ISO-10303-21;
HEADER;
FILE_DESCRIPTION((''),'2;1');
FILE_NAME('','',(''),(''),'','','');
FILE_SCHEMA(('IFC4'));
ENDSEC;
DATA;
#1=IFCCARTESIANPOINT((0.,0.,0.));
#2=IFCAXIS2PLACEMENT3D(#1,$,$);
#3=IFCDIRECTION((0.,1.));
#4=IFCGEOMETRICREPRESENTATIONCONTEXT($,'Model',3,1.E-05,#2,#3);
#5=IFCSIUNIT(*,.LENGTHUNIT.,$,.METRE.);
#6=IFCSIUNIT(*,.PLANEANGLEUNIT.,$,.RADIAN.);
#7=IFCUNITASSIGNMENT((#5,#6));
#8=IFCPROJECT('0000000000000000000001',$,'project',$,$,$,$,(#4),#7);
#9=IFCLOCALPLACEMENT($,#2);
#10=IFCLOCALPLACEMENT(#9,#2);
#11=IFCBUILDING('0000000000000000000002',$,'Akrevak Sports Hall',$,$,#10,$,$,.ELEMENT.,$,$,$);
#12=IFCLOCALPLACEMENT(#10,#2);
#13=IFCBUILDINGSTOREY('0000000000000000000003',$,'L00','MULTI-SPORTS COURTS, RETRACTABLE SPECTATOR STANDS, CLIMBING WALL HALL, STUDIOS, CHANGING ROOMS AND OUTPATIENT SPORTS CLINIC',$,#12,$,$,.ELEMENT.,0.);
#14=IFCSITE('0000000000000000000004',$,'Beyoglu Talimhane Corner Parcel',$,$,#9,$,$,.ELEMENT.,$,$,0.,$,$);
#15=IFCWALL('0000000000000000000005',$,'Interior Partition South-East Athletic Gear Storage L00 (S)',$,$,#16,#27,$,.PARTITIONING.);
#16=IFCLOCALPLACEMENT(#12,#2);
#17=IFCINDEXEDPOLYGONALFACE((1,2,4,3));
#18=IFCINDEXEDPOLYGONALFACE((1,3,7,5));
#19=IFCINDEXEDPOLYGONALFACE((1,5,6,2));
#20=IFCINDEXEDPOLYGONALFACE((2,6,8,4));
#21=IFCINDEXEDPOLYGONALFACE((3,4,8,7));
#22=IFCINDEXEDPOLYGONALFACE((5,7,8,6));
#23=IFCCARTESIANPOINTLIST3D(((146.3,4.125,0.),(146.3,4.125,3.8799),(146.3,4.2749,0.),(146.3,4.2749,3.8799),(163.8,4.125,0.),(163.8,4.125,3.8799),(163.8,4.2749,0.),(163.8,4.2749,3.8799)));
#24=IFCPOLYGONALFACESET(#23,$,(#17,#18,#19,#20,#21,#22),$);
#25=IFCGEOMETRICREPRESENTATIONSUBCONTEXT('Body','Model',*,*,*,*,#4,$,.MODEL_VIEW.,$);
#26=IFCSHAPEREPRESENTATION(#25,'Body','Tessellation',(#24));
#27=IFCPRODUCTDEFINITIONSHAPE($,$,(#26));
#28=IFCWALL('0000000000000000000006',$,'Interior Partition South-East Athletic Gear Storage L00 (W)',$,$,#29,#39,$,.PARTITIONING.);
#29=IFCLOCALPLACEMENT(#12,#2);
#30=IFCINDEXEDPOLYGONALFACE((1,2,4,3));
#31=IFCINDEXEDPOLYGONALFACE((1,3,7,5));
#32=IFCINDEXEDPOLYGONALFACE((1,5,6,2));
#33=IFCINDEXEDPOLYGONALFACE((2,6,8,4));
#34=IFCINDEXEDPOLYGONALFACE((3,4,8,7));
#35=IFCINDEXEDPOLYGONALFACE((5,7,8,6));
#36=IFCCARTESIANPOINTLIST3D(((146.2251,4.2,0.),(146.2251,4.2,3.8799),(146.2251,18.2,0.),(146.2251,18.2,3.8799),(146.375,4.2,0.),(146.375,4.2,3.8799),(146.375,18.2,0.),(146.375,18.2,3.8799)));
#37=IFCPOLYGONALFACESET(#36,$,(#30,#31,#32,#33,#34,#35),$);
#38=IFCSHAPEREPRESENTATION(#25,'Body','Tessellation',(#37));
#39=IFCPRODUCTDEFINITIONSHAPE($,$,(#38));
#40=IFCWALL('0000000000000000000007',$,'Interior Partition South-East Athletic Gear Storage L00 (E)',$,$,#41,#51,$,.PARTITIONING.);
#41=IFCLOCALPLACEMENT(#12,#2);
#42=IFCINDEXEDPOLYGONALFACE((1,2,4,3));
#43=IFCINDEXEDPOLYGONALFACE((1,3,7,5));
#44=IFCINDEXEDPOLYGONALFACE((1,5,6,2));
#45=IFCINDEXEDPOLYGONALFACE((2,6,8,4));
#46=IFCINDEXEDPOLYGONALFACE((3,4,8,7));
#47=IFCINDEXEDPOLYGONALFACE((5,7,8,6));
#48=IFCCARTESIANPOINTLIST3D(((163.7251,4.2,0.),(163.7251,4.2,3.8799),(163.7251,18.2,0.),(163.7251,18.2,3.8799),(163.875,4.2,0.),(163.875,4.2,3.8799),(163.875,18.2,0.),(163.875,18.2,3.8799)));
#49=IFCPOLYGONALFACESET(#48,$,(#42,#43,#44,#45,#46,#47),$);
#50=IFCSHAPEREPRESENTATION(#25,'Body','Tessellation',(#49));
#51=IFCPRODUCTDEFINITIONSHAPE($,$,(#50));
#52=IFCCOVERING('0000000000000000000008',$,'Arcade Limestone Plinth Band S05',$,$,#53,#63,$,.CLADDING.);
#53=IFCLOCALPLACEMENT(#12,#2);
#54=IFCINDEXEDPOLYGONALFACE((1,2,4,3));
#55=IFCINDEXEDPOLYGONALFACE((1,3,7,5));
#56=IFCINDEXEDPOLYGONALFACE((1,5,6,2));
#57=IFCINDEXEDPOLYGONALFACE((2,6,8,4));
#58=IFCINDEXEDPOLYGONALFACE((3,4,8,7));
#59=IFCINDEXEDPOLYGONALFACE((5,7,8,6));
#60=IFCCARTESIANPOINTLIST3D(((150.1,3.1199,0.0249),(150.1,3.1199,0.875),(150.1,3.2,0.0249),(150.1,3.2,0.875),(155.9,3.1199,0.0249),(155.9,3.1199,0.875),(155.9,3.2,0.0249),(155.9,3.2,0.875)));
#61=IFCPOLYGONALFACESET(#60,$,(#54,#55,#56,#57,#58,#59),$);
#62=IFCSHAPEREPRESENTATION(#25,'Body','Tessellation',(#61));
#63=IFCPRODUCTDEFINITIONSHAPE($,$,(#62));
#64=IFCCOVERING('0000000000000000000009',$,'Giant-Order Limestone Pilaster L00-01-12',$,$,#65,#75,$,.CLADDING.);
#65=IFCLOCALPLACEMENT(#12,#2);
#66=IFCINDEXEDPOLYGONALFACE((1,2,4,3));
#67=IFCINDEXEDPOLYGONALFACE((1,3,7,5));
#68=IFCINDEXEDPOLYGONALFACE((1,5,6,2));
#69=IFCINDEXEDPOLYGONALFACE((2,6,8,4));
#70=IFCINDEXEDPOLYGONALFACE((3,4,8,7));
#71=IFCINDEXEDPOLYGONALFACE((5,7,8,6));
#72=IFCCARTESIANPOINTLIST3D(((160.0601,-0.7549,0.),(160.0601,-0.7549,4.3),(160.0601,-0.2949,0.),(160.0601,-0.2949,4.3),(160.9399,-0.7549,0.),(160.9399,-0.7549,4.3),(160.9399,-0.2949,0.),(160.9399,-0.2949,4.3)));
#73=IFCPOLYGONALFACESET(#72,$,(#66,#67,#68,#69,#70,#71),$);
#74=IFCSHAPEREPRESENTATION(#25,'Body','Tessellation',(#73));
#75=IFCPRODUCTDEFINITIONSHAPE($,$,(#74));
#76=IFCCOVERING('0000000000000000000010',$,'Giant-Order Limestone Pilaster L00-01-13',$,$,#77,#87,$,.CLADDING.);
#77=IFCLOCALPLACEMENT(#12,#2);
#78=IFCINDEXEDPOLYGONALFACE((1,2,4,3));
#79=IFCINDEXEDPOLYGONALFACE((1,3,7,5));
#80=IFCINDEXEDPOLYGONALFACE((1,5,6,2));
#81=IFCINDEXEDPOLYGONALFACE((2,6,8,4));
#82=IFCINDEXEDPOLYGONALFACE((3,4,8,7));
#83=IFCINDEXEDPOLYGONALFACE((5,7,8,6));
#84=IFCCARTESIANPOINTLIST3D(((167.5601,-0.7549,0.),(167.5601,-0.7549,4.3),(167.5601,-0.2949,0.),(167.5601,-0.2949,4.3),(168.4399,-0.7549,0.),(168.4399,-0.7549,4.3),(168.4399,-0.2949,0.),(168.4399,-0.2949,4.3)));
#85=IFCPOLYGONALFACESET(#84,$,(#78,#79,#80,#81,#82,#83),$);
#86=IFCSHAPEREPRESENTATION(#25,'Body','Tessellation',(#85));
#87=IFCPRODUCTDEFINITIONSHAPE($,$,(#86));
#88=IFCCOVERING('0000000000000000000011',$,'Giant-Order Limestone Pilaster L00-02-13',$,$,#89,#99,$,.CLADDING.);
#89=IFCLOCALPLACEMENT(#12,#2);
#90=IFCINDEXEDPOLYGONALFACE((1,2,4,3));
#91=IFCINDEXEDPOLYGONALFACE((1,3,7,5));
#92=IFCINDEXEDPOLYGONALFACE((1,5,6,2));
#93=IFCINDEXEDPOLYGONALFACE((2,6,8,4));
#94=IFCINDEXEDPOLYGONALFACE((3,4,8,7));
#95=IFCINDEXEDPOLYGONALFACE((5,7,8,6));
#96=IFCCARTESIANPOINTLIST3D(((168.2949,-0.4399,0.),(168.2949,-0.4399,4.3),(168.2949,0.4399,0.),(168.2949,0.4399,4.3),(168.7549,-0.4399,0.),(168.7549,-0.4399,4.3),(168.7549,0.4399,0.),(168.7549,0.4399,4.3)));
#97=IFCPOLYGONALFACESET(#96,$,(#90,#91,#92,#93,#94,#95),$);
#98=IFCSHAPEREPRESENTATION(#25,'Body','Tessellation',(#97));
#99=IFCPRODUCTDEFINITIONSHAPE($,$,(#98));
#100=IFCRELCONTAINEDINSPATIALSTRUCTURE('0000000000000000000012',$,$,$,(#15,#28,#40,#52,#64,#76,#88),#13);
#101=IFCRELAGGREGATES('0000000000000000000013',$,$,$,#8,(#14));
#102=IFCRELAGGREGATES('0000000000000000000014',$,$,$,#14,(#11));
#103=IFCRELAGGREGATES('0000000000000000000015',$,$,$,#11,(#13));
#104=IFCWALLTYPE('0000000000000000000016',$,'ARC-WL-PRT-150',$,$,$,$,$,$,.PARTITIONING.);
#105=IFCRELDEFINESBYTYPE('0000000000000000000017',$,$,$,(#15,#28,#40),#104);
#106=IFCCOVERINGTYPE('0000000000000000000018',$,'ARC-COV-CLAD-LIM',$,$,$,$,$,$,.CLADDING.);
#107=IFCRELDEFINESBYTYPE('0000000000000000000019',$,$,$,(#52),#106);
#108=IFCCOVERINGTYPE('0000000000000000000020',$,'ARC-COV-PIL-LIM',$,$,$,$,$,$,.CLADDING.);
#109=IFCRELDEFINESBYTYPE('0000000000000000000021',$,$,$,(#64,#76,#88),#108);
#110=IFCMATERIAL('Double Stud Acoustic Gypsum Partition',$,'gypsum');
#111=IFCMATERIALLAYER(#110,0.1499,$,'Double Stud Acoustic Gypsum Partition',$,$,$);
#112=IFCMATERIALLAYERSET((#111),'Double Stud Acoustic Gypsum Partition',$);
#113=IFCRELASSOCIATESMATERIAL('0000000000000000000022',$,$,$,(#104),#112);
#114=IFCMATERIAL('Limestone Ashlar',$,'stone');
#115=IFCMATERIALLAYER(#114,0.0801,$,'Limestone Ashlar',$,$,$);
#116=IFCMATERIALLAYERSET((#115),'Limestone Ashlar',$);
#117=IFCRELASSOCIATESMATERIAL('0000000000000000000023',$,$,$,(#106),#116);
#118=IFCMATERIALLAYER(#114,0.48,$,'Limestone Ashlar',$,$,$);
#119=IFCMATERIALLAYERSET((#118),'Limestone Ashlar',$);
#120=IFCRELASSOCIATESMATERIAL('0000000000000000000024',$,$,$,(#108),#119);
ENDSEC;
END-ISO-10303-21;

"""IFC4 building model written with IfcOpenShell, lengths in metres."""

from ifc_helpers import new_model, si_unit, direction, frame, frame_2d, origin, origin_2d, place, context, subcontext, project, spatial, rectangle, extrude, material, layer, layer_set, type_object, element, save


model = new_model("IFC4")

# Units and contexts
model_context = context("Model", 3, precision=1e-05, world=origin(), true_north=direction((0.0, 1.0)))
body_context = subcontext(model_context, "Body", "Model", "MODEL_VIEW")
ifc_project = project(units=[si_unit("LENGTHUNIT", "METRE"), si_unit("PLANEANGLEUNIT", "RADIAN")], contexts=[model_context])

# Site, building, storey
site_placement = place(None, origin())
site = spatial("IfcSite", under=ifc_project, at=site_placement, Name="Beyoglu Talimhane Corner Parcel", CompositionType="ELEMENT", RefElevation=0.0)
building_placement = place(site_placement, origin())
building = spatial("IfcBuilding", under=site, at=building_placement, Name="Akrevak Sports Hall", CompositionType="ELEMENT")
storey_placement = place(building_placement, origin())
storey = spatial("IfcBuildingStorey", under=building, at=storey_placement, Name="L00", Description="MULTI-SPORTS COURTS, RETRACTABLE SPECTATOR STANDS, CLIMBING WALL HALL, STUDIOS, CHANGING ROOMS AND OUTPATIENT SPORTS CLINIC", CompositionType="ELEMENT", Elevation=0.0)

# Shared definitions
ifc_material_1 = material(Name="Limestone Ashlar", Category="stone")

# Walls
ifc_material_2 = material(Name="Double Stud Acoustic Gypsum Partition", Category="gypsum")
ifc_layer_1 = layer(ifc_material_2, 0.1499, Name="Double Stud Acoustic Gypsum Partition")
ifc_layer_set_1 = layer_set([ifc_layer_1], Name="Double Stud Acoustic Gypsum Partition")
wall_type_1 = type_object("IfcWallType", Name="ARC-WL-PRT-150", PredefinedType="PARTITIONING", material=ifc_layer_set_1)
wall_1_placement = place(storey_placement, frame((146.3, 4.2, 0.0), z_axis=(0.0, 0.0, 1.0), x_axis=(1.0, 0.0, 0.0)))
element("IfcWall", 1, at=wall_1_placement, inside=storey, type_object=wall_type_1, Name="Interior Partition South-East Athletic Gear Storage L00 (S)", PredefinedType="PARTITIONING", context=body_context, shape_type="SweptSolid", body=[
    extrude(rectangle(XDim=17.5, YDim=0.1499, at=frame_2d((8.75, 0.0))), origin(), (0.0, 0.0, 1.0), 3.8799),
])
for number, where, z_axis, x_axis, name in (
    (2, (146.3, 4.2, 0.0), (0.0, 0.0, 1.0), (0.0, 1.0, 0.0), "Interior Partition South-East Athletic Gear Storage L00 (W)"),
    (3, (163.8, 4.2, 0.0), (0.0, 0.0, 1.0), (0.0, 1.0, 0.0), "Interior Partition South-East Athletic Gear Storage L00 (E)"),
):
    element("IfcWall", number, at=place(storey_placement, frame(where, z_axis=z_axis, x_axis=x_axis)), inside=storey, type_object=wall_type_1, Name=name, PredefinedType="PARTITIONING", context=body_context, shape_type="SweptSolid", body=[
        extrude(rectangle(XDim=14.0, YDim=0.1499, at=frame_2d((7.0, 0.0))), origin(), (0.0, 0.0, 1.0), 3.8799),
    ])

# Coverings
ifc_layer_2 = layer(ifc_material_1, 0.0801, Name="Limestone Ashlar")
ifc_layer_set_2 = layer_set([ifc_layer_2], Name="Limestone Ashlar")
covering_type_1 = type_object("IfcCoveringType", Name="ARC-COV-CLAD-LIM", PredefinedType="CLADDING", material=ifc_layer_set_2)
covering_placement = place(storey_placement, frame((153.0, 3.1599, 0.0249), z_axis=(0.0, 0.0, 1.0), x_axis=(1.0, 0.0, 0.0)))
element("IfcCovering", 4, at=covering_placement, inside=storey, type_object=covering_type_1, Name="Arcade Limestone Plinth Band S05", PredefinedType="CLADDING", context=body_context, shape_type="SweptSolid", body=[
    extrude(rectangle(XDim=5.8, YDim=0.0801, at=origin_2d()), origin(), (0.0, 0.0, 1.0), 0.8501),
])
ifc_layer_3 = layer(ifc_material_1, 0.48, Name="Limestone Ashlar")
ifc_layer_set_3 = layer_set([ifc_layer_3], Name="Limestone Ashlar")
covering_type_2 = type_object("IfcCoveringType", Name="ARC-COV-PIL-LIM", PredefinedType="CLADDING", material=ifc_layer_set_3)
for number, where, z_axis, x_axis, name in (
    (5, (160.5, -0.5249, 0.0), (0.0, 0.0, 1.0), (1.0, 0.0, 0.0), "Giant-Order Limestone Pilaster L00-01-12"),
    (6, (168.0, -0.5249, 0.0), (0.0, 0.0, 1.0), (1.0, 0.0, 0.0), "Giant-Order Limestone Pilaster L00-01-13"),
    (7, (168.5249, 0.0, 0.0), (0.0, 0.0, 1.0), (0.0, 1.0, 0.0), "Giant-Order Limestone Pilaster L00-02-13"),
):
    element("IfcCovering", number, at=place(storey_placement, frame(where, z_axis=z_axis, x_axis=x_axis)), inside=storey, type_object=covering_type_2, Name=name, PredefinedType="CLADDING", context=body_context, shape_type="SweptSolid", body=[
        extrude(rectangle(XDim=0.8799, YDim=0.46, at=origin_2d()), origin(), (0.0, 0.0, 1.0), 4.3),
    ])

save(model, "model.ifc")
